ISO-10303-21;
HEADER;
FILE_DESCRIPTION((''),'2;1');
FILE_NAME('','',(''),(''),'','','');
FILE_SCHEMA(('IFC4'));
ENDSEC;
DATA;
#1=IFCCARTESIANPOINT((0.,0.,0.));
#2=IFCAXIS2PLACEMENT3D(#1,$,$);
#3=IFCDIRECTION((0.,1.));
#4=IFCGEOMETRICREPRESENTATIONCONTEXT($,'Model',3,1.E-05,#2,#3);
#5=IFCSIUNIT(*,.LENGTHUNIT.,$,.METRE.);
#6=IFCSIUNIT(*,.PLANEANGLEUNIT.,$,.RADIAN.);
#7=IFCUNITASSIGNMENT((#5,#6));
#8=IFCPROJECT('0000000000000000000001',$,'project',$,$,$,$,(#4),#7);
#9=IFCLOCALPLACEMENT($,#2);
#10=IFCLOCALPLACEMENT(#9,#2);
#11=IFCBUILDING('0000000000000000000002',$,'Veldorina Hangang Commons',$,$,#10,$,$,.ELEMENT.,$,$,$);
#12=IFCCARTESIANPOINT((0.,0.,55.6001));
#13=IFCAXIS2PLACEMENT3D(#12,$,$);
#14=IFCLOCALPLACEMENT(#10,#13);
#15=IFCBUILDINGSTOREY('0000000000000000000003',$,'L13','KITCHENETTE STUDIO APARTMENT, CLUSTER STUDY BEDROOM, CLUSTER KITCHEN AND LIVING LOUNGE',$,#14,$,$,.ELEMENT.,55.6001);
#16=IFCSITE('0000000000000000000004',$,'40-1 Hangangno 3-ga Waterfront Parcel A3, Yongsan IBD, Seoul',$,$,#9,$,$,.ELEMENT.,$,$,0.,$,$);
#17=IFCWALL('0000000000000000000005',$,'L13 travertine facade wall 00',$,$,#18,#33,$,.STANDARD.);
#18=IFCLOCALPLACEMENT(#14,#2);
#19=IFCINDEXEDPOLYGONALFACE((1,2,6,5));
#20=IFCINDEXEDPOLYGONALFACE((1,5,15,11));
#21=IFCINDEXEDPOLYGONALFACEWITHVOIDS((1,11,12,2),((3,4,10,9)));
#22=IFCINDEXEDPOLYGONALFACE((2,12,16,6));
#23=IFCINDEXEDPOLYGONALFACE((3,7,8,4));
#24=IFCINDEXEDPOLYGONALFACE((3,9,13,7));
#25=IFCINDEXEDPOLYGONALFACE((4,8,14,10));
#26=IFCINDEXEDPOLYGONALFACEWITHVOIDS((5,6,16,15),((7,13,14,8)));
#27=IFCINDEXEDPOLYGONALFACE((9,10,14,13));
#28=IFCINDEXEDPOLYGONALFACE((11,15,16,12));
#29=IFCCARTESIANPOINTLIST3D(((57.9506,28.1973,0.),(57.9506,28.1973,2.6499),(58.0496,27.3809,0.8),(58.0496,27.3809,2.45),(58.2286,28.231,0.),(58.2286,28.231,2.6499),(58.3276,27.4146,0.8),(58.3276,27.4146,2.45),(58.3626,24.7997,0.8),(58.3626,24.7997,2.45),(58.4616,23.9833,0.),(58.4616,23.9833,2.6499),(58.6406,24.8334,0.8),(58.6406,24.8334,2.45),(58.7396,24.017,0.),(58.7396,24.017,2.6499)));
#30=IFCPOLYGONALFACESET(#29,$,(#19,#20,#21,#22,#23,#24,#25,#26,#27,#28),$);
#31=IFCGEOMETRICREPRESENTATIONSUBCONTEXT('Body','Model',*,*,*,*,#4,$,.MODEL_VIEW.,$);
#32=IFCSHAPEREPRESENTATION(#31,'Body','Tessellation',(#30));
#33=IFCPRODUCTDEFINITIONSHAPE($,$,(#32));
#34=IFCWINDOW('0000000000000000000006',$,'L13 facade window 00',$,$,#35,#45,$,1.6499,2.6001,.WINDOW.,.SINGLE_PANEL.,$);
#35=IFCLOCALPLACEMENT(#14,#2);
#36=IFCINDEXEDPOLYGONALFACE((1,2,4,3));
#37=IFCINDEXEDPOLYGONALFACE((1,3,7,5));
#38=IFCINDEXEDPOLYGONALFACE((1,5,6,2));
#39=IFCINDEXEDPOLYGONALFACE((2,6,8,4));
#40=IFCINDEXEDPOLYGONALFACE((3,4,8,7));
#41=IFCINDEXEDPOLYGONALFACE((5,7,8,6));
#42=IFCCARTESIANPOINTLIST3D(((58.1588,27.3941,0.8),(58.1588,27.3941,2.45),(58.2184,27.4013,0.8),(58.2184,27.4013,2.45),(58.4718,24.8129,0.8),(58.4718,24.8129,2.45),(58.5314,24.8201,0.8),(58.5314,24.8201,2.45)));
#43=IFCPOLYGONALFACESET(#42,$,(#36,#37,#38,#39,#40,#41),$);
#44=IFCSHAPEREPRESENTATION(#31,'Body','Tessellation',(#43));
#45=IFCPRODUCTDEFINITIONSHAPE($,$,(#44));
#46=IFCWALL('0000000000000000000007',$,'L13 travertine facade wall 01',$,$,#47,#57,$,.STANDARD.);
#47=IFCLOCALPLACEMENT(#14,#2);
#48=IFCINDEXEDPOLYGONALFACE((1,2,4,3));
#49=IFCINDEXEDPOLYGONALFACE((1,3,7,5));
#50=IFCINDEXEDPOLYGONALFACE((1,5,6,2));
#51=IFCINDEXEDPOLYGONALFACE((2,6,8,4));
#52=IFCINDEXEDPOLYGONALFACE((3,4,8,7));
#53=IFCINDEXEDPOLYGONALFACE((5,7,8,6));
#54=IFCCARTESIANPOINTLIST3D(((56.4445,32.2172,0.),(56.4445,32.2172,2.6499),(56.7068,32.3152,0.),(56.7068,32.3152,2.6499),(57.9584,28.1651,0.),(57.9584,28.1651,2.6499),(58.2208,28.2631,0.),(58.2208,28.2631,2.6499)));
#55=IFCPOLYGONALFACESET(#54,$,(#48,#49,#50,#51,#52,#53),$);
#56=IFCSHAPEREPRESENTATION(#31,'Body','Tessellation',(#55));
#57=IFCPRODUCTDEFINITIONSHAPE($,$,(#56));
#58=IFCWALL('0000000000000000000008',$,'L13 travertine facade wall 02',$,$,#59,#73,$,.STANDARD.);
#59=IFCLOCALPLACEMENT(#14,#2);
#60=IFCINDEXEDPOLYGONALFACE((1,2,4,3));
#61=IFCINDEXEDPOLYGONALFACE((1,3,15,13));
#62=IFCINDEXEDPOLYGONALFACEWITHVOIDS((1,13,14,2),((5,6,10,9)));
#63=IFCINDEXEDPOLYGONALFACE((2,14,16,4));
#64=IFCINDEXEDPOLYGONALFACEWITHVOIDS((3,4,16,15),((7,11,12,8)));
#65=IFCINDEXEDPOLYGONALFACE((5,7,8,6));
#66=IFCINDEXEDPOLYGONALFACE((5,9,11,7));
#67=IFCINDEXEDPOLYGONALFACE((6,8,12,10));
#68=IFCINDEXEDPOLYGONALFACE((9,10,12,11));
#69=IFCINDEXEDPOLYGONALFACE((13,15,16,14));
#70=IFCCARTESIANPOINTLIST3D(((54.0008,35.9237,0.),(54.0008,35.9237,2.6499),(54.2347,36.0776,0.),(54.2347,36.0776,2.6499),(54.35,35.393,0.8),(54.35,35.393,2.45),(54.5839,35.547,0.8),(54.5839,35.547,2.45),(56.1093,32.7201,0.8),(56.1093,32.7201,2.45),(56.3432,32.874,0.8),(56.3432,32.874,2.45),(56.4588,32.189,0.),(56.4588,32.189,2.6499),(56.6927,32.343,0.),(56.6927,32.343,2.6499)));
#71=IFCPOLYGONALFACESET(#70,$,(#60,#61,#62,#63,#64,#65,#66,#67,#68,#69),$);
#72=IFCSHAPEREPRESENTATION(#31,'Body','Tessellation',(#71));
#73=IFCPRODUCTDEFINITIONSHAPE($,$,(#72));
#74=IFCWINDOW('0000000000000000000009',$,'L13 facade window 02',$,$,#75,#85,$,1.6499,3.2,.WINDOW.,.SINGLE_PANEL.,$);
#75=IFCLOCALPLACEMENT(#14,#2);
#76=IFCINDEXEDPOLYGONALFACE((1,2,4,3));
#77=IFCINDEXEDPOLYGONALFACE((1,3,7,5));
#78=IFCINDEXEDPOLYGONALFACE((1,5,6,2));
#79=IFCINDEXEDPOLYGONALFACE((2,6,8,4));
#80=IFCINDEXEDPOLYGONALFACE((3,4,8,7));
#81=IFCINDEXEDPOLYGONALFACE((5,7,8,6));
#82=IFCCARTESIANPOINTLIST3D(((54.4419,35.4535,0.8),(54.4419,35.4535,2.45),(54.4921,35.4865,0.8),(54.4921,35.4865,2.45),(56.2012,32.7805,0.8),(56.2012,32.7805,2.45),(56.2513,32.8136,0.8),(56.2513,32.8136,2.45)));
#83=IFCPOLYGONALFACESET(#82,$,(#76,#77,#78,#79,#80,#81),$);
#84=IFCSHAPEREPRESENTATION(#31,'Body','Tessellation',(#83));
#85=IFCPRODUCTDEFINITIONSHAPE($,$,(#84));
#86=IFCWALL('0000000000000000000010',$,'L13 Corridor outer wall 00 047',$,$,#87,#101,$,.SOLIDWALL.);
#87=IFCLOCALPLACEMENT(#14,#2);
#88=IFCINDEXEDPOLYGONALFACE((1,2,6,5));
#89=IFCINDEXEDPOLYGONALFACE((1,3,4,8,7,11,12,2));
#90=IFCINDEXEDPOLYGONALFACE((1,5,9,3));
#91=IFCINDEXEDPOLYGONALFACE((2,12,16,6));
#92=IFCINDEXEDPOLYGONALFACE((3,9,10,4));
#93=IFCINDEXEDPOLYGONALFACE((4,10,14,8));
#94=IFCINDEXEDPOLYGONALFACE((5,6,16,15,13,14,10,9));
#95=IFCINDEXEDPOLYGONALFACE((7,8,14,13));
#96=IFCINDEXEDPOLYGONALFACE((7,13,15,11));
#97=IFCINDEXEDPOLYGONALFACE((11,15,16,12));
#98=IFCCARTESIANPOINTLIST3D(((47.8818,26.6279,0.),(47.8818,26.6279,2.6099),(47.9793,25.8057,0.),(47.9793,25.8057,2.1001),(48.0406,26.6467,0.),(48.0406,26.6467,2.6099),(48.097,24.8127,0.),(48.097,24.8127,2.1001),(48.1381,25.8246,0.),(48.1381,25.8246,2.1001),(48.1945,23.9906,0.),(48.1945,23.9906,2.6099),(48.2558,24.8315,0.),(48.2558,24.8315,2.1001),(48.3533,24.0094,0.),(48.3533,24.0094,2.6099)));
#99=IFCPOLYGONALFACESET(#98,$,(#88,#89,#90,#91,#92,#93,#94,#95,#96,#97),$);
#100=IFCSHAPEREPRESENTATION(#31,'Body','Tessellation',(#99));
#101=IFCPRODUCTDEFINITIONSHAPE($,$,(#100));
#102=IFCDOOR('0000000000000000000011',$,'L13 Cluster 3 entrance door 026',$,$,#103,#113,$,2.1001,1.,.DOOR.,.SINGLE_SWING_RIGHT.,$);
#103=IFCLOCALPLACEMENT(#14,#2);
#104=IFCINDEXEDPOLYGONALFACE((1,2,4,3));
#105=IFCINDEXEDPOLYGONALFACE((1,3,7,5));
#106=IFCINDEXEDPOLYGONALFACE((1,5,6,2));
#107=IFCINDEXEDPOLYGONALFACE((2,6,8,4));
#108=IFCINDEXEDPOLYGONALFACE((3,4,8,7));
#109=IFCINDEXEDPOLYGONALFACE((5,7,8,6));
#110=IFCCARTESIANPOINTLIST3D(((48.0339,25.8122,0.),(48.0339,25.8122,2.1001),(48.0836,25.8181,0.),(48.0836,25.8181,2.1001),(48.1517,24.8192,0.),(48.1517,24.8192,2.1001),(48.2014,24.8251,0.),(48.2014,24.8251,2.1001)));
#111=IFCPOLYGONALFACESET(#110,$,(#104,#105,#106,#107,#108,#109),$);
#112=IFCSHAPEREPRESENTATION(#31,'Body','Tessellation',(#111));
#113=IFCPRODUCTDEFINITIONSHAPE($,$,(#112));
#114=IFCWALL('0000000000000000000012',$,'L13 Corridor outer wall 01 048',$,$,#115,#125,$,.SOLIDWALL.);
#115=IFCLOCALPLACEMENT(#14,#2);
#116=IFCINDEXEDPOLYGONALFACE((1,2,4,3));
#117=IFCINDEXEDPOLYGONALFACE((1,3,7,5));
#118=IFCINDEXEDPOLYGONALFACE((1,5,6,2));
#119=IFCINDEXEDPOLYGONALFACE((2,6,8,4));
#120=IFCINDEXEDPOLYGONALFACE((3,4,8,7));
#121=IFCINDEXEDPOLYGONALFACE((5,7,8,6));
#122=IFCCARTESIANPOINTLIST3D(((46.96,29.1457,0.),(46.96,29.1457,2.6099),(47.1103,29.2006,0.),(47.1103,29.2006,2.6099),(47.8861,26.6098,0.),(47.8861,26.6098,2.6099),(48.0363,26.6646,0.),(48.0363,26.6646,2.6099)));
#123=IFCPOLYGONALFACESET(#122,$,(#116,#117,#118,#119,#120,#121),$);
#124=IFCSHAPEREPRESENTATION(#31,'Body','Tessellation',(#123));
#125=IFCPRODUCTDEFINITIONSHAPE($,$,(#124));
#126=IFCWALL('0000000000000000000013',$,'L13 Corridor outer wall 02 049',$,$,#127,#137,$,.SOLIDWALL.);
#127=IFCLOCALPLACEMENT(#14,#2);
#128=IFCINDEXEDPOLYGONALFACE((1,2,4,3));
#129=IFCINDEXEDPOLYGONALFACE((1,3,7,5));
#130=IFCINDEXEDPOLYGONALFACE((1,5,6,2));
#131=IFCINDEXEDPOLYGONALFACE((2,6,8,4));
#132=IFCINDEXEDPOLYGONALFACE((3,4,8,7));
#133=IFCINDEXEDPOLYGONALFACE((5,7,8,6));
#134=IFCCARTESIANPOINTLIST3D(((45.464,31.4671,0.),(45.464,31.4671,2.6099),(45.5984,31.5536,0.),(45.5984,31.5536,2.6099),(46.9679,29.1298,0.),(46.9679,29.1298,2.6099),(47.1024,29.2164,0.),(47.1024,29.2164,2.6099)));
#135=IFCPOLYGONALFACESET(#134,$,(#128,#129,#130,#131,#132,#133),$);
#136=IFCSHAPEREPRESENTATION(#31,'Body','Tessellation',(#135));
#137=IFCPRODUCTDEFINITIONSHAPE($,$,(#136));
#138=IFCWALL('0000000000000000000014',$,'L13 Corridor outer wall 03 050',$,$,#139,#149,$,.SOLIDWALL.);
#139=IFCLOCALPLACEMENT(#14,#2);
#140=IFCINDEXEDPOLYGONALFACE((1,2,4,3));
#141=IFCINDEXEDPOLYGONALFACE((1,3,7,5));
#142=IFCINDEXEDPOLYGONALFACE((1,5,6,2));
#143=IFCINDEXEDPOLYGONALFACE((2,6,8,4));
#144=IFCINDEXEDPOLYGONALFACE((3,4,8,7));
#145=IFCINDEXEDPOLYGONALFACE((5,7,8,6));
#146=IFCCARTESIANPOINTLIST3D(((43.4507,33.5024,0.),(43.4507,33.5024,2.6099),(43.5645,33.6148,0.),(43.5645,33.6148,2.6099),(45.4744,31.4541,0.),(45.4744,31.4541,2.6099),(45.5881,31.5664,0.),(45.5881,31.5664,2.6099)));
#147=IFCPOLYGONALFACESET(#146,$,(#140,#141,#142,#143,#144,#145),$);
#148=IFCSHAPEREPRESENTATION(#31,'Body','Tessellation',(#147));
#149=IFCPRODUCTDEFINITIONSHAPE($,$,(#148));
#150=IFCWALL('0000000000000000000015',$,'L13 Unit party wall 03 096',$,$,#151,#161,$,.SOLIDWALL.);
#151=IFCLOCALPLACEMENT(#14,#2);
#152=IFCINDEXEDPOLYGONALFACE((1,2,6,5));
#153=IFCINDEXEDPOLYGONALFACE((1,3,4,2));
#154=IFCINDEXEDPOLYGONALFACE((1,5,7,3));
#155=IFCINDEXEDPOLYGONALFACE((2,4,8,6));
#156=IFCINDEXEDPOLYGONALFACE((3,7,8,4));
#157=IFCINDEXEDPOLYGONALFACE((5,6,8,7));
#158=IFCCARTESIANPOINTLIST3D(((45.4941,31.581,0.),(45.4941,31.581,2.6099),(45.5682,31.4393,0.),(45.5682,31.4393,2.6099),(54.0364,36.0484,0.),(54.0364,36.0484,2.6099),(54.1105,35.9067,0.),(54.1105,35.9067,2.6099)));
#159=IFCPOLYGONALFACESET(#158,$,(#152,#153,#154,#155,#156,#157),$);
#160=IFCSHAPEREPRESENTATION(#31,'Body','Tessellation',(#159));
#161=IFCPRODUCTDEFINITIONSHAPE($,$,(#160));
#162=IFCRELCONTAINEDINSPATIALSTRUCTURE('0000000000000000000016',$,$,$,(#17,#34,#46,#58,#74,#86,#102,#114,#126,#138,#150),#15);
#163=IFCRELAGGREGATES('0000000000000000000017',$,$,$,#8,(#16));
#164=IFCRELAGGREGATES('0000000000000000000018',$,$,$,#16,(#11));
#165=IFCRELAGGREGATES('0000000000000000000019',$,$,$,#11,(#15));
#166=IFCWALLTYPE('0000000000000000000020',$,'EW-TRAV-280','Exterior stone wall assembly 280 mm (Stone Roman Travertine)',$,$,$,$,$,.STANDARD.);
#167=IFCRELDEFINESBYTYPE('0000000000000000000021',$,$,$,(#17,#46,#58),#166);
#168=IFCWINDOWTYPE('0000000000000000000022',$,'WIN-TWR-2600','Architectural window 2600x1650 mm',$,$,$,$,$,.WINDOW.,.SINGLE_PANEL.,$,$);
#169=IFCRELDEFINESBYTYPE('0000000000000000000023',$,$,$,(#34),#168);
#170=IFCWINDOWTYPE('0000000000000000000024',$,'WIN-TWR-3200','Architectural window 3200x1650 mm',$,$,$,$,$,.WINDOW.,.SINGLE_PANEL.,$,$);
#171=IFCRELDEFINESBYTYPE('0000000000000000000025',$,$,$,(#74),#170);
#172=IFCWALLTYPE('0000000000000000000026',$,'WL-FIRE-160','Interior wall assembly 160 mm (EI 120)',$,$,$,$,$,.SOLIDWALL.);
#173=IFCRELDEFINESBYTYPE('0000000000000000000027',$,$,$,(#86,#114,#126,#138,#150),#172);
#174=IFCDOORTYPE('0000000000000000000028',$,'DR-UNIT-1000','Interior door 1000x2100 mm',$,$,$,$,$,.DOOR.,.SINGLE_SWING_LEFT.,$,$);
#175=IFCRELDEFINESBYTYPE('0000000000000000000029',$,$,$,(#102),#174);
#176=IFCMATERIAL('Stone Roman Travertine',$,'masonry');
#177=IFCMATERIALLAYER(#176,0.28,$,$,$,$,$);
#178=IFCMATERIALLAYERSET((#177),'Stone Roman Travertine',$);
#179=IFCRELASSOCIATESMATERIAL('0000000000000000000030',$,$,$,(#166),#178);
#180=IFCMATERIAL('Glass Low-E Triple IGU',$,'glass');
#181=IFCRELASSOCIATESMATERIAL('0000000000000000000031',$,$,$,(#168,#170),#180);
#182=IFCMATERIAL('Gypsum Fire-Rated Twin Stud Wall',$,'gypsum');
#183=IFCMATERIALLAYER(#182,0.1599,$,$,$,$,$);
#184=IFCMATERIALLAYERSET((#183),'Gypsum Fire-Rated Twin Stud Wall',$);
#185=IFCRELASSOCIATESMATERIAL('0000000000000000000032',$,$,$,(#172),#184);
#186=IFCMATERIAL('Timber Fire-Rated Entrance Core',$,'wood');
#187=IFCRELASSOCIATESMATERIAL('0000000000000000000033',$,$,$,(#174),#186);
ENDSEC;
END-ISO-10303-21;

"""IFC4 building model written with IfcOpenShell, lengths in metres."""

from ifc_helpers import new_model, si_unit, direction, frame, frame_2d, origin, place, context, subcontext, project, spatial, rectangle, extrude, material, layer, layer_set, type_object, element, fill, save


model = new_model("IFC4")

# Units and contexts
model_context = context("Model", 3, precision=1e-05, world=origin(), true_north=direction((0.0, 1.0)))
body_context = subcontext(model_context, "Body", "Model", "MODEL_VIEW")
ifc_project = project(units=[si_unit("LENGTHUNIT", "METRE"), si_unit("PLANEANGLEUNIT", "RADIAN")], contexts=[model_context])

# Site, building, storey
site_placement = place(None, origin())
site = spatial("IfcSite", under=ifc_project, at=site_placement, Name="40-1 Hangangno 3-ga Waterfront Parcel A3, Yongsan IBD, Seoul", CompositionType="ELEMENT", RefElevation=0.0)
building_placement = place(site_placement, origin())
building = spatial("IfcBuilding", under=site, at=building_placement, Name="Veldorina Hangang Commons", CompositionType="ELEMENT")
storey_placement = place(building_placement, frame((0.0, 0.0, 55.6001)))
storey = spatial("IfcBuildingStorey", under=building, at=storey_placement, Name="L13", Description="KITCHENETTE STUDIO APARTMENT, CLUSTER STUDY BEDROOM, CLUSTER KITCHEN AND LIVING LOUNGE", CompositionType="ELEMENT", Elevation=55.6001)

# Wall, opening, window
ifc_material_1 = material(Name="Stone Roman Travertine", Category="masonry")
ifc_layer_1 = layer(ifc_material_1, 0.28)
ifc_layer_set_1 = layer_set([ifc_layer_1], Name="Stone Roman Travertine")
wall_type_1 = type_object("IfcWallType", Name="EW-TRAV-280", Description="Exterior stone wall assembly 280 mm (Stone Roman Travertine)", PredefinedType="STANDARD", material=ifc_layer_set_1)
wall_1_placement = place(storey_placement, frame((58.6006, 24.0, 0.0), z_axis=(0.0, 0.0, 1.0), x_axis=(-0.120374, 0.992729, 0.0)))
wall_1 = element("IfcWall", 1, at=wall_1_placement, inside=storey, type_object=wall_type_1, Name="L13 travertine facade wall 00", PredefinedType="STANDARD", context=body_context, shape_type="SweptSolid", body=[
    extrude(rectangle(XDim=4.2449, YDim=0.28, at=frame_2d((2.1226, 0.0))), origin(), (0.0, 0.0, 1.0), 2.6499),
])
opening_1_placement = place(wall_1_placement, frame((0.8225, 0.0, 0.8)))
opening_1 = element("IfcOpeningElement", 2, at=opening_1_placement, cuts=wall_1, PredefinedType="OPENING", context=body_context, shape_type="SweptSolid", body=[
    extrude(rectangle(XDim=2.6001, YDim=1.6499, at=frame_2d((1.3, 0.825))), frame((0.0, 0.1499, 0.0), z_axis=(0.0, -1.0, 0.0), x_axis=(1.0, 0.0, 0.0)), (0.0, 0.0, 1.0), 0.3),
])
ifc_material_2 = material(Name="Glass Low-E Triple IGU", Category="glass")
window_type_1 = type_object("IfcWindowType", Name="WIN-TWR-2600", Description="Architectural window 2600x1650 mm", PartitioningType="SINGLE_PANEL", PredefinedType="WINDOW", material=ifc_material_2)
window_1_placement = place(opening_1_placement, origin())
window_1 = element("IfcWindow", 3, at=window_1_placement, inside=storey, type_object=window_type_1, Name="L13 facade window 00", OverallHeight=1.6499, OverallWidth=2.6001, PartitioningType="SINGLE_PANEL", PredefinedType="WINDOW", context=body_context, shape_type="SweptSolid", body=[
    extrude(rectangle(XDim=2.6001, YDim=1.6499, at=frame_2d((1.3, 0.825))), frame((0.0, 0.03, 0.0), z_axis=(0.0, -1.0, 0.0), x_axis=(1.0, 0.0, 0.0)), (0.0, 0.0, 1.0), 0.0601),
])
fill(opening_1, window_1)

# Wall
wall_2_placement = place(storey_placement, frame((58.0896, 28.2141, 0.0), z_axis=(0.0, 0.0, 1.0), x_axis=(-0.349991, 0.936753, 0.0)))
element("IfcWall", 4, at=wall_2_placement, inside=storey, type_object=wall_type_1, Name="L13 travertine facade wall 01", PredefinedType="STANDARD", context=body_context, shape_type="SweptSolid", body=[
    extrude(rectangle(XDim=4.3257, YDim=0.28, at=frame_2d((2.1628, 0.0))), origin(), (0.0, 0.0, 1.0), 2.6499),
])

# Wall, opening, window
wall_3_placement = place(storey_placement, frame((56.5757, 32.2661, 0.0), z_axis=(0.0, 0.0, 1.0), x_axis=(-0.549776, 0.835312, 0.0)))
wall_3 = element("IfcWall", 5, at=wall_3_placement, inside=storey, type_object=wall_type_1, Name="L13 travertine facade wall 02", PredefinedType="STANDARD", context=body_context, shape_type="SweptSolid", body=[
    extrude(rectangle(XDim=4.4709, YDim=0.28, at=frame_2d((2.2354, 0.0))), origin(), (0.0, 0.0, 1.0), 2.6499),
])
opening_2_placement = place(wall_3_placement, frame((0.6355, 0.0, 0.8)))
opening_2 = element("IfcOpeningElement", 6, at=opening_2_placement, cuts=wall_3, PredefinedType="OPENING", context=body_context, shape_type="SweptSolid", body=[
    extrude(rectangle(XDim=3.2, YDim=1.6499, at=frame_2d((1.6001, 0.825))), frame((0.0, 0.1499, 0.0), z_axis=(0.0, -1.0, 0.0), x_axis=(1.0, 0.0, 0.0)), (0.0, 0.0, 1.0), 0.3),
])
window_type_2 = type_object("IfcWindowType", Name="WIN-TWR-3200", Description="Architectural window 3200x1650 mm", PartitioningType="SINGLE_PANEL", PredefinedType="WINDOW", material=ifc_material_2)
window_2_placement = place(opening_2_placement, origin())
window_2 = element("IfcWindow", 7, at=window_2_placement, inside=storey, type_object=window_type_2, Name="L13 facade window 02", OverallHeight=1.6499, OverallWidth=3.2, PartitioningType="SINGLE_PANEL", PredefinedType="WINDOW", context=body_context, shape_type="SweptSolid", body=[
    extrude(rectangle(XDim=3.2, YDim=1.6499, at=frame_2d((1.6001, 0.825))), frame((0.0, 0.03, 0.0), z_axis=(0.0, -1.0, 0.0), x_axis=(1.0, 0.0, 0.0)), (0.0, 0.0, 1.0), 0.0601),
])
fill(opening_2, window_2)

# Wall, opening, door
ifc_material_3 = material(Name="Gypsum Fire-Rated Twin Stud Wall", Category="gypsum")
ifc_layer_2 = layer(ifc_material_3, 0.1599)
ifc_layer_set_2 = layer_set([ifc_layer_2], Name="Gypsum Fire-Rated Twin Stud Wall")
wall_type_2 = type_object("IfcWallType", Name="WL-FIRE-160", Description="Interior wall assembly 160 mm (EI 120)", PredefinedType="SOLIDWALL", material=ifc_layer_set_2)
wall_4_placement = place(storey_placement, frame((48.2739, 24.0, 0.0), z_axis=(0.0, 0.0, 1.0), x_axis=(-0.117764, 0.993042, 0.0)))
wall_4 = element("IfcWall", 8, at=wall_4_placement, inside=storey, type_object=wall_type_2, Name="L13 Corridor outer wall 00 047", PredefinedType="SOLIDWALL", context=body_context, shape_type="SweptSolid", body=[
    extrude(rectangle(XDim=2.6558, YDim=0.1599, at=frame_2d((1.3279, 0.0))), origin(), (0.0, 0.0, 1.0), 2.6099),
])
opening_3_placement = place(wall_4_placement, frame((0.8279, 0.0, 0.0)))
opening_3 = element("IfcOpeningElement", 9, at=opening_3_placement, cuts=wall_4, PredefinedType="OPENING", context=body_context, shape_type="SweptSolid", body=[
    extrude(rectangle(XDim=1.0, YDim=2.1001, at=frame_2d((0.5, 1.05))), frame((0.0, 0.0898, 0.0), z_axis=(0.0, -1.0, 0.0), x_axis=(1.0, 0.0, 0.0)), (0.0, 0.0, 1.0), 0.1799),
])
ifc_material_4 = material(Name="Timber Fire-Rated Entrance Core", Category="wood")
door_type_1 = type_object("IfcDoorType", Name="DR-UNIT-1000", Description="Interior door 1000x2100 mm", OperationType="SINGLE_SWING_LEFT", PredefinedType="DOOR", material=ifc_material_4)
door_1_placement = place(opening_3_placement, origin())
door_1 = element("IfcDoor", 10, at=door_1_placement, inside=storey, type_object=door_type_1, Name="L13 Cluster 3 entrance door 026", OperationType="SINGLE_SWING_RIGHT", OverallHeight=2.1001, OverallWidth=1.0, PredefinedType="DOOR", context=body_context, shape_type="SweptSolid", body=[
    extrude(rectangle(XDim=1.0, YDim=2.1001, at=frame_2d((0.5, 1.05))), frame((0.0, 0.0249, 0.0), z_axis=(0.0, -1.0, 0.0), x_axis=(1.0, 0.0, 0.0)), (0.0, 0.0, 1.0), 0.05),
])
fill(opening_3, door_1)

# Walls
wall_5_placement = place(storey_placement, frame((47.9612, 26.6372, 0.0), z_axis=(0.0, 0.0, 1.0), x_axis=(-0.343013, 0.93933, 0.0)))
element("IfcWall", 11, at=wall_5_placement, inside=storey, type_object=wall_type_2, Name="L13 Corridor outer wall 01 048", PredefinedType="SOLIDWALL", context=body_context, shape_type="SweptSolid", body=[
    extrude(rectangle(XDim=2.6997, YDim=0.1599, at=frame_2d((1.3499, 0.0))), origin(), (0.0, 0.0, 1.0), 2.6099),
])
wall_6_placement = place(storey_placement, frame((47.0352, 29.1731, 0.0), z_axis=(0.0, 0.0, 1.0), x_axis=(-0.541126, 0.840941, 0.0)))
element("IfcWall", 12, at=wall_6_placement, inside=storey, type_object=wall_type_2, Name="L13 Corridor outer wall 02 049", PredefinedType="SOLIDWALL", context=body_context, shape_type="SweptSolid", body=[
    extrude(rectangle(XDim=2.7793, YDim=0.1599, at=frame_2d((1.3896, 0.0))), origin(), (0.0, 0.0, 1.0), 2.6099),
])
wall_7_placement = place(storey_placement, frame((45.5312, 31.5103, 0.0), z_axis=(0.0, 0.0, 1.0), x_axis=(-0.702812, 0.711376, 0.0)))
element("IfcWall", 13, at=wall_7_placement, inside=storey, type_object=wall_type_2, Name="L13 Corridor outer wall 03 050", PredefinedType="SOLIDWALL", context=body_context, shape_type="SweptSolid", body=[
    extrude(rectangle(XDim=2.8794, YDim=0.1599, at=frame_2d((1.4397, 0.0))), origin(), (0.0, 0.0, 1.0), 2.6099),
])
wall_8_placement = place(storey_placement, frame((45.5312, 31.5103, 0.0), z_axis=(0.0, 0.0, 1.0), x_axis=(0.886139, 0.463419, 0.0)))
element("IfcWall", 14, at=wall_8_placement, inside=storey, type_object=wall_type_2, Name="L13 Unit party wall 03 096", PredefinedType="SOLIDWALL", context=body_context, shape_type="SweptSolid", body=[
    extrude(rectangle(XDim=9.6399, YDim=0.1599, at=frame_2d((4.8198, 0.0))), origin(), (0.0, 0.0, 1.0), 2.6099),
])

save(model, "model.ifc")
